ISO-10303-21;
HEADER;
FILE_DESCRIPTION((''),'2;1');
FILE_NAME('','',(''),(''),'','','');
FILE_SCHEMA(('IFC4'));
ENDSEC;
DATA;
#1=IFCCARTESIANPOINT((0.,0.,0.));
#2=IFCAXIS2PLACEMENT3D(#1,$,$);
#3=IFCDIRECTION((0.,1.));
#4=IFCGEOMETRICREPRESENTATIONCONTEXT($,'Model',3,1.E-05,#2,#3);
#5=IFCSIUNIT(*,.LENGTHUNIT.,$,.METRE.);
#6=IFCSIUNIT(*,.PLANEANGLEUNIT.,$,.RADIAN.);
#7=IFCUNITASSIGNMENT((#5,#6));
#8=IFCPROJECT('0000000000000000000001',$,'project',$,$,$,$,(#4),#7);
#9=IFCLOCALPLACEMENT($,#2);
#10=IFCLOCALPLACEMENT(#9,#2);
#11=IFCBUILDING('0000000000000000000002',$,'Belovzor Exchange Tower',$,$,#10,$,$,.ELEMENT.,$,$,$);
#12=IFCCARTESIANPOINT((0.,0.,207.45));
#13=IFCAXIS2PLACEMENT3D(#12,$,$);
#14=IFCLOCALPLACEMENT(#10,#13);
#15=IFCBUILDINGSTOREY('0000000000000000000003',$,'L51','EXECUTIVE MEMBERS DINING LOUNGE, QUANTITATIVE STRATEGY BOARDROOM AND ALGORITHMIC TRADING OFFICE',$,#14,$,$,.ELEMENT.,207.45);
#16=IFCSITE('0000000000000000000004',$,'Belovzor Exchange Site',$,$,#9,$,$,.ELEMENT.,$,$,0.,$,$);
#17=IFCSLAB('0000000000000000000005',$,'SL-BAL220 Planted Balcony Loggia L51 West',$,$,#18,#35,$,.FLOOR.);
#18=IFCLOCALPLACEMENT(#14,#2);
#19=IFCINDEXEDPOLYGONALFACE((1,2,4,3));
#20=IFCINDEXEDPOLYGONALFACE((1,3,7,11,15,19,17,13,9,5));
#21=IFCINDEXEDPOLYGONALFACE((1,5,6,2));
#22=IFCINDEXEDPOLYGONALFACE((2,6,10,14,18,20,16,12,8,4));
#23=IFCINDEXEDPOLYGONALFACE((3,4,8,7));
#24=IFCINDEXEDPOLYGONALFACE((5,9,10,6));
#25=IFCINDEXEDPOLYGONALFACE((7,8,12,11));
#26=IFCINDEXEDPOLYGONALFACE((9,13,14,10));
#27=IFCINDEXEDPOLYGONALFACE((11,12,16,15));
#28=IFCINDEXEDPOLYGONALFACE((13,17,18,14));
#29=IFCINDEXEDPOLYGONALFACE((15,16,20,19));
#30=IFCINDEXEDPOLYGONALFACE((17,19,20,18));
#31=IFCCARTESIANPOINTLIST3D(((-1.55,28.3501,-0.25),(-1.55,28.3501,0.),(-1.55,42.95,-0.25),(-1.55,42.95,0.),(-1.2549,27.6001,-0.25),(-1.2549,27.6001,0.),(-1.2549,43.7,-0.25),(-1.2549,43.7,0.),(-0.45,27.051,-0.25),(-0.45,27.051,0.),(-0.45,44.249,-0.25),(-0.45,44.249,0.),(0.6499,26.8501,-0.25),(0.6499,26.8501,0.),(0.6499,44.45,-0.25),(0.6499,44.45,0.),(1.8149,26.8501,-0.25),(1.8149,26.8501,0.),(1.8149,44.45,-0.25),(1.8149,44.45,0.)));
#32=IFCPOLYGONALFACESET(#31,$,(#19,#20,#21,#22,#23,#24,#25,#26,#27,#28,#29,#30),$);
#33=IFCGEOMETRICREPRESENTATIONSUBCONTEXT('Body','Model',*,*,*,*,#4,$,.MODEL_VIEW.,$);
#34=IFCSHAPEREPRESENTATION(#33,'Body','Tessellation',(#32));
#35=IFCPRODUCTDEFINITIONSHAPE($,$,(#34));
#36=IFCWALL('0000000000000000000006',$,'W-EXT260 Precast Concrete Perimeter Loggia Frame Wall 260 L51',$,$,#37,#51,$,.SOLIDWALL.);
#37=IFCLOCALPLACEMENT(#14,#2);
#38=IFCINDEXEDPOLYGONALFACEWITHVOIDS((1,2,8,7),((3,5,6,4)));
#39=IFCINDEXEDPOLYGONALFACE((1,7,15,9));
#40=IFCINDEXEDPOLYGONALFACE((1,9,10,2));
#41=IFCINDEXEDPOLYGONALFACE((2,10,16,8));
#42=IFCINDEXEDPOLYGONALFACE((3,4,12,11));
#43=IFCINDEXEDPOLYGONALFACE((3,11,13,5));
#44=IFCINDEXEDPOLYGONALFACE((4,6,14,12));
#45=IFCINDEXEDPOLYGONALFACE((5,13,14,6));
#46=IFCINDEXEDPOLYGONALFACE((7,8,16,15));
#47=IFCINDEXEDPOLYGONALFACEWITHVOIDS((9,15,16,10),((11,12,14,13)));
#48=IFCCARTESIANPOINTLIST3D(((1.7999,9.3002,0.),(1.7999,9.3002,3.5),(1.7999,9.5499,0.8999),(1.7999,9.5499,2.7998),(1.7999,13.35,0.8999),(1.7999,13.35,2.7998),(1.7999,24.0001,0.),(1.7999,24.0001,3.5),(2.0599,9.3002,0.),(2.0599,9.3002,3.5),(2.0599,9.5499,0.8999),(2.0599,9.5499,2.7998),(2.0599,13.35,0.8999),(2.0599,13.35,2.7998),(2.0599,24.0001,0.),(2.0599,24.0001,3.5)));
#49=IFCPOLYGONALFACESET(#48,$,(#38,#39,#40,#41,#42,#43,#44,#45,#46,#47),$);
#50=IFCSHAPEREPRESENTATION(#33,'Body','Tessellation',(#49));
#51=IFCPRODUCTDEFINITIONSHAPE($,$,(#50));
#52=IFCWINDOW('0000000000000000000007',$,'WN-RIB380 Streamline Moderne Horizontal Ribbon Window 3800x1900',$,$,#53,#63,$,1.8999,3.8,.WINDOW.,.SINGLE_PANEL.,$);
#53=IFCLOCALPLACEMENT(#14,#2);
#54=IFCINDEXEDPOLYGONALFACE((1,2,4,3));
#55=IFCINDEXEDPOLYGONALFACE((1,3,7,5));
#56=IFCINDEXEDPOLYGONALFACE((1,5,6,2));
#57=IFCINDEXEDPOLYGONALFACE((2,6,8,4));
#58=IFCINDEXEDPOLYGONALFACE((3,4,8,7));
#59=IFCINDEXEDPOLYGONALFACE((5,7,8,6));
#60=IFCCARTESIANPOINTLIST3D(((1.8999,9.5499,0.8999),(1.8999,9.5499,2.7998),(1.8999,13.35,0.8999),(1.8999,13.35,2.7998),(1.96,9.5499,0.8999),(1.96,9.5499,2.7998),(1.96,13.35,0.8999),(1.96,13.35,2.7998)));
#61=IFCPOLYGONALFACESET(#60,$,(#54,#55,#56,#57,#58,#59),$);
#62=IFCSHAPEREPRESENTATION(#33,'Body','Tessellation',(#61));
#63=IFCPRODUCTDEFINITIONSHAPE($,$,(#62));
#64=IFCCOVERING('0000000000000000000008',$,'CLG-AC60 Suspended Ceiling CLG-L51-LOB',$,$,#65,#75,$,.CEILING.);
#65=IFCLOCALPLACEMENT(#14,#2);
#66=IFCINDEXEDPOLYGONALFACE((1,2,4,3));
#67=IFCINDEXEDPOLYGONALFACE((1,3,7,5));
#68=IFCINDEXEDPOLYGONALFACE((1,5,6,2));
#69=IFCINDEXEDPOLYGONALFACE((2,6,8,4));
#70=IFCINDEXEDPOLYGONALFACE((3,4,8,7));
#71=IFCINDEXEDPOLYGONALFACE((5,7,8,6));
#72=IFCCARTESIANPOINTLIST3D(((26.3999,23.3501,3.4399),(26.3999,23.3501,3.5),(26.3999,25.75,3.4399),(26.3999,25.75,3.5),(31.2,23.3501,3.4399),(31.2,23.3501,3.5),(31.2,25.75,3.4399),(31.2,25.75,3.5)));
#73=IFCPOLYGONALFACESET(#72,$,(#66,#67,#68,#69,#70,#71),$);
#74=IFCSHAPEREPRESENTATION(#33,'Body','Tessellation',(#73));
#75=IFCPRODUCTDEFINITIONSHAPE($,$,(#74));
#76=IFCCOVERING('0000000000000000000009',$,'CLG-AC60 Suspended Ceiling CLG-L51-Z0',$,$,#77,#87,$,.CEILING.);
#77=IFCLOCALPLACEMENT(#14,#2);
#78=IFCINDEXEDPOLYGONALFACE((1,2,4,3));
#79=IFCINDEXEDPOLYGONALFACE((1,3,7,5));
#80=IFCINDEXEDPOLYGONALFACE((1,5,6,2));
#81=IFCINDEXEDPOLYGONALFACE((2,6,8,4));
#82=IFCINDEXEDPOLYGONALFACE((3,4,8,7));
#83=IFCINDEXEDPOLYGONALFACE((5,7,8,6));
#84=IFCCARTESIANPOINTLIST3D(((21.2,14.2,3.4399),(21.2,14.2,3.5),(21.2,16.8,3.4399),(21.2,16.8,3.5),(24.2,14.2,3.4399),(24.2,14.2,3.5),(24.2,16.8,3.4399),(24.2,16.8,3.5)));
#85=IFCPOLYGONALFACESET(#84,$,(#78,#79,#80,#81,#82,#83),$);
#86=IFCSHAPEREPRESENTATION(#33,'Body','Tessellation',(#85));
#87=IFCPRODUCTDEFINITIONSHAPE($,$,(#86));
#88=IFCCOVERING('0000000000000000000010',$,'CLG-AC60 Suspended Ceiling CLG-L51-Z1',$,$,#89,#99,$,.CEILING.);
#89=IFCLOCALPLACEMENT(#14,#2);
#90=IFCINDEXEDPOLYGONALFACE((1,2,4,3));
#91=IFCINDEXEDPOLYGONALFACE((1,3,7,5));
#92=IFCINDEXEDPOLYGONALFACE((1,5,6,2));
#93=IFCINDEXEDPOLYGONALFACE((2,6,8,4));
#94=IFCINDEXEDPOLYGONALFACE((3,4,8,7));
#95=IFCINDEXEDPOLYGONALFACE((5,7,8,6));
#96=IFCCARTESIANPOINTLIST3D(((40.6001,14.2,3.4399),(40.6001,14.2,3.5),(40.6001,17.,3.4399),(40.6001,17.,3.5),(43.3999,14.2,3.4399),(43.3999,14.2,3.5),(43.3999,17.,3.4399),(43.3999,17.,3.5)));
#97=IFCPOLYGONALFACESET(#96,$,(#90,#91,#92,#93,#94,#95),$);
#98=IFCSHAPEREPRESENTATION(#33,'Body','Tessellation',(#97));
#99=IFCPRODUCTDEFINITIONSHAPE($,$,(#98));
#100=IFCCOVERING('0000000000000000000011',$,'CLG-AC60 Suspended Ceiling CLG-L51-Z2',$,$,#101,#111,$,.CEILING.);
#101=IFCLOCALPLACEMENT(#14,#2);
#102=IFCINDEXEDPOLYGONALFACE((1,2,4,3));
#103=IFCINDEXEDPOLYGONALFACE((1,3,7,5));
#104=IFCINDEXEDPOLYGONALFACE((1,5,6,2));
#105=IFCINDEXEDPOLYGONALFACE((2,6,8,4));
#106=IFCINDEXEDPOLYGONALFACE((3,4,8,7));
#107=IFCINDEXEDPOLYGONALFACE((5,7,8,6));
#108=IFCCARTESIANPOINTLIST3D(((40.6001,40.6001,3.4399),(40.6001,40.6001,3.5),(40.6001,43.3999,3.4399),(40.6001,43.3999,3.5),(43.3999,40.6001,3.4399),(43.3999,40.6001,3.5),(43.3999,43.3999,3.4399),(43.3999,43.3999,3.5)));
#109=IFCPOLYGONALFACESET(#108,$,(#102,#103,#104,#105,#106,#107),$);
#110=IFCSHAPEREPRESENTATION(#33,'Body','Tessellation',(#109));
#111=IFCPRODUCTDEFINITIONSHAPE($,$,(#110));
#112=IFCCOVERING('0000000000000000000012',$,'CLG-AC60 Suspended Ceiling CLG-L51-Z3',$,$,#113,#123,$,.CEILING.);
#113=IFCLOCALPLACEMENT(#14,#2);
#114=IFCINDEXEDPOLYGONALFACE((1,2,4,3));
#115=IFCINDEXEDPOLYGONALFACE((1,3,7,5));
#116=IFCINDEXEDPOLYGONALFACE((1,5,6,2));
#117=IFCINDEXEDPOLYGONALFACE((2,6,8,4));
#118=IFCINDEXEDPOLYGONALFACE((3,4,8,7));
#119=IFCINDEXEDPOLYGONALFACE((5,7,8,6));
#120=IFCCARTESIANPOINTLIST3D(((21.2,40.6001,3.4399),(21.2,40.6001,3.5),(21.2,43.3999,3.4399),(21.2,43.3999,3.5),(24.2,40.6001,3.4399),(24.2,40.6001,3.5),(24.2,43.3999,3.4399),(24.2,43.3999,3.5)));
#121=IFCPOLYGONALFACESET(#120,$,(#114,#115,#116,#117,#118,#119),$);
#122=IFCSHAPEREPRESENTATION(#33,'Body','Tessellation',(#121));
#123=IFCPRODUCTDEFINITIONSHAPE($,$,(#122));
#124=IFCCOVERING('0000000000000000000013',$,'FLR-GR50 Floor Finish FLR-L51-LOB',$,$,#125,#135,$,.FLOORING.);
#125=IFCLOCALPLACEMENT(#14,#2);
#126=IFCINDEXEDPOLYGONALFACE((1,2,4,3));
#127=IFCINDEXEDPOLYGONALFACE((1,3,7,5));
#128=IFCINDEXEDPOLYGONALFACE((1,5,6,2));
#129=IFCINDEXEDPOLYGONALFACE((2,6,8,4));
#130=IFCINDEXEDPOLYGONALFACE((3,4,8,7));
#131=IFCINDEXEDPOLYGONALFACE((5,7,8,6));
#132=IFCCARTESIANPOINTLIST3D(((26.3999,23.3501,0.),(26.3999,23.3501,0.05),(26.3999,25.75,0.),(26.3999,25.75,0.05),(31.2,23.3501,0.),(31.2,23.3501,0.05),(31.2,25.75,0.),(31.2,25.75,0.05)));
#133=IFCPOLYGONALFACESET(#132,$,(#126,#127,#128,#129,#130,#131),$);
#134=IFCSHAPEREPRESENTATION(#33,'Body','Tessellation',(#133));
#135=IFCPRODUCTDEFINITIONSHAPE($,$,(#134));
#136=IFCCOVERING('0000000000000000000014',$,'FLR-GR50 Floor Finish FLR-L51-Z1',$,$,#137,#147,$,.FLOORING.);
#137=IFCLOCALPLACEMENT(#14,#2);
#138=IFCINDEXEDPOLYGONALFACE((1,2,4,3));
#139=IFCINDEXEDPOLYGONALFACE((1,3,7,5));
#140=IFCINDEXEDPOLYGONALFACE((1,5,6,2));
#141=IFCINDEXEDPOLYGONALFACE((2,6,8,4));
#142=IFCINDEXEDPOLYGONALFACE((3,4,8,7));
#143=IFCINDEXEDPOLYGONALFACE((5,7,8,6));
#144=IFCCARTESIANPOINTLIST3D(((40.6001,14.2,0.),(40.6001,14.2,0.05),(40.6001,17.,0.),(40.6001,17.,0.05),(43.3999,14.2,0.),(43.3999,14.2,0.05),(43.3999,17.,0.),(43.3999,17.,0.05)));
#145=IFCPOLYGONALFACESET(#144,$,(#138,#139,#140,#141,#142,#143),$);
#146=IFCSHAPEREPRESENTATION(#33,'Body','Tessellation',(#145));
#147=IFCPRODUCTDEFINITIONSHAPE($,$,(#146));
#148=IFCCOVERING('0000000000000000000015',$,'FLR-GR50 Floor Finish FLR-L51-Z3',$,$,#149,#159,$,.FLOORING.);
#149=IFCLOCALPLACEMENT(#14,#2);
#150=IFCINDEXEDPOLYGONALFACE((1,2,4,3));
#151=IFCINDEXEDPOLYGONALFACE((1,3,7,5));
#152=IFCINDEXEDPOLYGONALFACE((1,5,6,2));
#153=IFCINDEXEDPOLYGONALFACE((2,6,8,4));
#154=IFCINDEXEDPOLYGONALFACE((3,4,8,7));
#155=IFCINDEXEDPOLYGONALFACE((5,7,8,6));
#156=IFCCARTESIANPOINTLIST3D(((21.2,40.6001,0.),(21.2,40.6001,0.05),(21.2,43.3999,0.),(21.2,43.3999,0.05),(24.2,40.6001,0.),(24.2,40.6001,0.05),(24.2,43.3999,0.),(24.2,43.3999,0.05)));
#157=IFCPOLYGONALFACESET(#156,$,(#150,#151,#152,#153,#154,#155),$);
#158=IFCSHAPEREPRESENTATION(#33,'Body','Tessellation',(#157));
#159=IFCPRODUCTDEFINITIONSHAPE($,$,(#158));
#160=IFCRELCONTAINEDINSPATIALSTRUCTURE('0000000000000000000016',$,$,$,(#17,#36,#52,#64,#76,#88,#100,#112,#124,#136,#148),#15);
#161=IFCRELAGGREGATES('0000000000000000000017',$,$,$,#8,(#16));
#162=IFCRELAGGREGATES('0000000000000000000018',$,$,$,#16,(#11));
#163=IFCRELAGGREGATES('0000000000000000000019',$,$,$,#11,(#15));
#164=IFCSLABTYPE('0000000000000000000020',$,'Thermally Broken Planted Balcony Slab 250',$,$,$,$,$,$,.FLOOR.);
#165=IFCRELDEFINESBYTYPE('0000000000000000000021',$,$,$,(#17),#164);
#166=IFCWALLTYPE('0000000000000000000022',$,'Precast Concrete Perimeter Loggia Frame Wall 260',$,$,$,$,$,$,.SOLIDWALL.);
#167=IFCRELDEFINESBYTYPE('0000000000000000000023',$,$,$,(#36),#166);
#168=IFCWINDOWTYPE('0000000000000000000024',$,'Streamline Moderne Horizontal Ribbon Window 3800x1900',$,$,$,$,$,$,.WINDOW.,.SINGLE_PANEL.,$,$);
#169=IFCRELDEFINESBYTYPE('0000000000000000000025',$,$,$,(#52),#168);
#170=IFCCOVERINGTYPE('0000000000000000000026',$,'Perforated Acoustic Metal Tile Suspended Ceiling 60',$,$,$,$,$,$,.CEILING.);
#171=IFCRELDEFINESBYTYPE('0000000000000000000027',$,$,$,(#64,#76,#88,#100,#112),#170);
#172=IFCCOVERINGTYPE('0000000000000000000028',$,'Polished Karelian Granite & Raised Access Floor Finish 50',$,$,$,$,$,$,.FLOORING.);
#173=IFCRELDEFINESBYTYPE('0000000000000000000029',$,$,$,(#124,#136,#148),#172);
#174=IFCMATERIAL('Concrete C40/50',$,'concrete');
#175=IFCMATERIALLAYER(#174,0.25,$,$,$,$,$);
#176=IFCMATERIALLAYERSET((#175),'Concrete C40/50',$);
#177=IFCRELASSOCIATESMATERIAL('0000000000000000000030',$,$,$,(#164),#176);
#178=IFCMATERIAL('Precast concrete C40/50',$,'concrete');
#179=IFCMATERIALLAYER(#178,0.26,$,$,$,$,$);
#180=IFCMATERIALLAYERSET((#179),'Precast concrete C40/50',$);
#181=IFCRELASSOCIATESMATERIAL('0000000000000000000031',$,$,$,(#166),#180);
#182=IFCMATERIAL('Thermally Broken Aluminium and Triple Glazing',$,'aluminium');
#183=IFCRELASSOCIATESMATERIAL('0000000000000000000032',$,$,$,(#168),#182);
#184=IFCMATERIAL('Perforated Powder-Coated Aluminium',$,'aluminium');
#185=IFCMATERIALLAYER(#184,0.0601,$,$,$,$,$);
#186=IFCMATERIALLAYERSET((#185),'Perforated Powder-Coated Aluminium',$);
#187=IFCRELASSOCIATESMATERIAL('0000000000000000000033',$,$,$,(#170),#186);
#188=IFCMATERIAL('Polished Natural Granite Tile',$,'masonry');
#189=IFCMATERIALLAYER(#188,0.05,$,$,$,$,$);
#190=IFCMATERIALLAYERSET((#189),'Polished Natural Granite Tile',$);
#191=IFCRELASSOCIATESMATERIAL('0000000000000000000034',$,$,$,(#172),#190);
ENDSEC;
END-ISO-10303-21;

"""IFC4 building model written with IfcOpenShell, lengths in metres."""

from ifc_helpers import new_model, si_unit, direction, frame, frame_2d, origin, place, context, subcontext, project, spatial, polyline, rectangle, outline, extrude, material, layer, layer_set, type_object, element, fill, save


model = new_model("IFC4")

# Units and contexts
model_context = context("Model", 3, precision=1e-05, world=origin(), true_north=direction((0.0, 1.0)))
body_context = subcontext(model_context, "Body", "Model", "MODEL_VIEW")
ifc_project = project(units=[si_unit("LENGTHUNIT", "METRE"), si_unit("PLANEANGLEUNIT", "RADIAN")], contexts=[model_context])

# Site, building, storey
site_placement = place(None, origin())
site = spatial("IfcSite", under=ifc_project, at=site_placement, Name="Belovzor Exchange Site", CompositionType="ELEMENT", RefElevation=0.0)
building_placement = place(site_placement, origin())
building = spatial("IfcBuilding", under=site, at=building_placement, Name="Belovzor Exchange Tower", CompositionType="ELEMENT")
storey_placement = place(building_placement, frame((0.0, 0.0, 207.45)))
storey = spatial("IfcBuildingStorey", under=building, at=storey_placement, Name="L51", Description="EXECUTIVE MEMBERS DINING LOUNGE, QUANTITATIVE STRATEGY BOARDROOM AND ALGORITHMIC TRADING OFFICE", CompositionType="ELEMENT", Elevation=207.45)

# Slab
ifc_material_1 = material(Name="Concrete C40/50", Category="concrete")
ifc_layer_1 = layer(ifc_material_1, 0.25)
ifc_layer_set_1 = layer_set([ifc_layer_1], Name="Concrete C40/50")
slab_type_1 = type_object("IfcSlabType", Name="Thermally Broken Planted Balcony Slab 250", PredefinedType="FLOOR", material=ifc_layer_set_1)
slab_1_placement = place(storey_placement, frame((0.0, 0.0, -0.25)))
element("IfcSlab", 1, at=slab_1_placement, inside=storey, type_object=slab_type_1, Name="SL-BAL220 Planted Balcony Loggia L51 West", PredefinedType="FLOOR", context=body_context, shape_type="SweptSolid", body=[
    extrude(outline(polyline([(1.8149, 44.45), (0.6499, 44.45), (-0.45, 44.249), (-1.2549, 43.7), (-1.55, 42.95), (-1.55, 28.3501), (-1.2549, 27.6001), (-0.45, 27.051), (0.6499, 26.8501), (1.8149, 26.8501), (1.8149, 44.45)])), origin(), (0.0, 0.0, 1.0), 0.25),
])

# Wall, opening, window
ifc_material_2 = material(Name="Precast concrete C40/50", Category="concrete")
ifc_layer_2 = layer(ifc_material_2, 0.26)
ifc_layer_set_2 = layer_set([ifc_layer_2], Name="Precast concrete C40/50")
wall_type = type_object("IfcWallType", Name="Precast Concrete Perimeter Loggia Frame Wall 260", PredefinedType="SOLIDWALL", material=ifc_layer_set_2)
wall_placement = place(storey_placement, frame((1.9299, 9.3, 0.0), z_axis=(0.0, 0.0, 1.0), x_axis=(0.0, 1.0, 0.0)))
wall = element("IfcWall", 2, at=wall_placement, inside=storey, type_object=wall_type, Name="W-EXT260 Precast Concrete Perimeter Loggia Frame Wall 260 L51", PredefinedType="SOLIDWALL", context=body_context, shape_type="SweptSolid", body=[
    extrude(rectangle(XDim=14.7, YDim=0.26, at=frame_2d((7.3501, 0.0))), origin(), (0.0, 0.0, 1.0), 3.5),
])
opening_placement = place(wall_placement, frame((0.25, 0.0, 0.8999)))
opening = element("IfcOpeningElement", 3, at=opening_placement, cuts=wall, PredefinedType="OPENING", context=body_context, shape_type="SweptSolid", body=[
    extrude(rectangle(XDim=3.8, YDim=1.8999, at=frame_2d((1.8999, 0.95))), frame((0.0, 0.1399, 0.0), z_axis=(0.0, -1.0, 0.0), x_axis=(1.0, 0.0, 0.0)), (0.0, 0.0, 1.0), 0.28),
])
ifc_material_3 = material(Name="Thermally Broken Aluminium and Triple Glazing", Category="aluminium")
window_type = type_object("IfcWindowType", Name="Streamline Moderne Horizontal Ribbon Window 3800x1900", PartitioningType="SINGLE_PANEL", PredefinedType="WINDOW", material=ifc_material_3)
window_placement = place(opening_placement, origin())
window = element("IfcWindow", 4, at=window_placement, inside=storey, type_object=window_type, Name="WN-RIB380 Streamline Moderne Horizontal Ribbon Window 3800x1900", OverallHeight=1.8999, OverallWidth=3.8, PartitioningType="SINGLE_PANEL", PredefinedType="WINDOW", context=body_context, shape_type="SweptSolid", body=[
    extrude(rectangle(XDim=3.8, YDim=1.8999, at=frame_2d((1.8999, 0.95))), frame((0.0, 0.03, 0.0), z_axis=(0.0, -1.0, 0.0), x_axis=(1.0, 0.0, 0.0)), (0.0, 0.0, 1.0), 0.0601),
])
fill(opening, window)

# Coverings
ifc_material_4 = material(Name="Perforated Powder-Coated Aluminium", Category="aluminium")
ifc_layer_3 = layer(ifc_material_4, 0.0601)
ifc_layer_set_3 = layer_set([ifc_layer_3], Name="Perforated Powder-Coated Aluminium")
covering_type_1 = type_object("IfcCoveringType", Name="Perforated Acoustic Metal Tile Suspended Ceiling 60", PredefinedType="CEILING", material=ifc_layer_set_3)
covering_1_placement = place(storey_placement, frame((0.0, 0.0, 3.4399)))
element("IfcCovering", 5, at=covering_1_placement, inside=storey, type_object=covering_type_1, Name="CLG-AC60 Suspended Ceiling CLG-L51-LOB", PredefinedType="CEILING", context=body_context, shape_type="SweptSolid", body=[
    extrude(outline(polyline([(26.3999, 23.3501), (31.2, 23.3501), (31.2, 25.75), (26.3999, 25.75), (26.3999, 23.3501)])), origin(), (0.0, 0.0, 1.0), 0.0601),
])
covering_2_placement = place(storey_placement, frame((0.0, 0.0, 3.4399)))
element("IfcCovering", 6, at=covering_2_placement, inside=storey, type_object=covering_type_1, Name="CLG-AC60 Suspended Ceiling CLG-L51-Z0", PredefinedType="CEILING", context=body_context, shape_type="SweptSolid", body=[
    extrude(outline(polyline([(21.2, 14.2), (24.2, 14.2), (24.2, 16.8), (21.2, 16.8), (21.2, 14.2)])), origin(), (0.0, 0.0, 1.0), 0.0601),
])
covering_3_placement = place(storey_placement, frame((0.0, 0.0, 3.4399)))
element("IfcCovering", 7, at=covering_3_placement, inside=storey, type_object=covering_type_1, Name="CLG-AC60 Suspended Ceiling CLG-L51-Z1", PredefinedType="CEILING", context=body_context, shape_type="SweptSolid", body=[
    extrude(outline(polyline([(40.6001, 14.2), (43.3999, 14.2), (43.3999, 17.0), (40.6001, 17.0), (40.6001, 14.2)])), origin(), (0.0, 0.0, 1.0), 0.0601),
])
covering_4_placement = place(storey_placement, frame((0.0, 0.0, 3.4399)))
element("IfcCovering", 8, at=covering_4_placement, inside=storey, type_object=covering_type_1, Name="CLG-AC60 Suspended Ceiling CLG-L51-Z2", PredefinedType="CEILING", context=body_context, shape_type="SweptSolid", body=[
    extrude(outline(polyline([(40.6001, 40.6001), (43.3999, 40.6001), (43.3999, 43.3999), (40.6001, 43.3999), (40.6001, 40.6001)])), origin(), (0.0, 0.0, 1.0), 0.0601),
])
covering_5_placement = place(storey_placement, frame((0.0, 0.0, 3.4399)))
element("IfcCovering", 9, at=covering_5_placement, inside=storey, type_object=covering_type_1, Name="CLG-AC60 Suspended Ceiling CLG-L51-Z3", PredefinedType="CEILING", context=body_context, shape_type="SweptSolid", body=[
    extrude(outline(polyline([(21.2, 40.6001), (24.2, 40.6001), (24.2, 43.3999), (21.2, 43.3999), (21.2, 40.6001)])), origin(), (0.0, 0.0, 1.0), 0.0601),
])
ifc_material_5 = material(Name="Polished Natural Granite Tile", Category="masonry")
ifc_layer_4 = layer(ifc_material_5, 0.05)
ifc_layer_set_4 = layer_set([ifc_layer_4], Name="Polished Natural Granite Tile")
covering_type_2 = type_object("IfcCoveringType", Name="Polished Karelian Granite & Raised Access Floor Finish 50", PredefinedType="FLOORING", material=ifc_layer_set_4)
covering_6_placement = place(storey_placement, origin())
element("IfcCovering", 10, at=covering_6_placement, inside=storey, type_object=covering_type_2, Name="FLR-GR50 Floor Finish FLR-L51-LOB", PredefinedType="FLOORING", context=body_context, shape_type="SweptSolid", body=[
    extrude(outline(polyline([(26.3999, 23.3501), (31.2, 23.3501), (31.2, 25.75), (26.3999, 25.75), (26.3999, 23.3501)])), origin(), (0.0, 0.0, 1.0), 0.05),
])
covering_7_placement = place(storey_placement, origin())
element("IfcCovering", 11, at=covering_7_placement, inside=storey, type_object=covering_type_2, Name="FLR-GR50 Floor Finish FLR-L51-Z1", PredefinedType="FLOORING", context=body_context, shape_type="SweptSolid", body=[
    extrude(outline(polyline([(40.6001, 14.2), (43.3999, 14.2), (43.3999, 17.0), (40.6001, 17.0), (40.6001, 14.2)])), origin(), (0.0, 0.0, 1.0), 0.05),
])
covering_8_placement = place(storey_placement, origin())
element("IfcCovering", 12, at=covering_8_placement, inside=storey, type_object=covering_type_2, Name="FLR-GR50 Floor Finish FLR-L51-Z3", PredefinedType="FLOORING", context=body_context, shape_type="SweptSolid", body=[
    extrude(outline(polyline([(21.2, 40.6001), (24.2, 40.6001), (24.2, 43.3999), (21.2, 43.3999), (21.2, 40.6001)])), origin(), (0.0, 0.0, 1.0), 0.05),
])

save(model, "model.ifc")
